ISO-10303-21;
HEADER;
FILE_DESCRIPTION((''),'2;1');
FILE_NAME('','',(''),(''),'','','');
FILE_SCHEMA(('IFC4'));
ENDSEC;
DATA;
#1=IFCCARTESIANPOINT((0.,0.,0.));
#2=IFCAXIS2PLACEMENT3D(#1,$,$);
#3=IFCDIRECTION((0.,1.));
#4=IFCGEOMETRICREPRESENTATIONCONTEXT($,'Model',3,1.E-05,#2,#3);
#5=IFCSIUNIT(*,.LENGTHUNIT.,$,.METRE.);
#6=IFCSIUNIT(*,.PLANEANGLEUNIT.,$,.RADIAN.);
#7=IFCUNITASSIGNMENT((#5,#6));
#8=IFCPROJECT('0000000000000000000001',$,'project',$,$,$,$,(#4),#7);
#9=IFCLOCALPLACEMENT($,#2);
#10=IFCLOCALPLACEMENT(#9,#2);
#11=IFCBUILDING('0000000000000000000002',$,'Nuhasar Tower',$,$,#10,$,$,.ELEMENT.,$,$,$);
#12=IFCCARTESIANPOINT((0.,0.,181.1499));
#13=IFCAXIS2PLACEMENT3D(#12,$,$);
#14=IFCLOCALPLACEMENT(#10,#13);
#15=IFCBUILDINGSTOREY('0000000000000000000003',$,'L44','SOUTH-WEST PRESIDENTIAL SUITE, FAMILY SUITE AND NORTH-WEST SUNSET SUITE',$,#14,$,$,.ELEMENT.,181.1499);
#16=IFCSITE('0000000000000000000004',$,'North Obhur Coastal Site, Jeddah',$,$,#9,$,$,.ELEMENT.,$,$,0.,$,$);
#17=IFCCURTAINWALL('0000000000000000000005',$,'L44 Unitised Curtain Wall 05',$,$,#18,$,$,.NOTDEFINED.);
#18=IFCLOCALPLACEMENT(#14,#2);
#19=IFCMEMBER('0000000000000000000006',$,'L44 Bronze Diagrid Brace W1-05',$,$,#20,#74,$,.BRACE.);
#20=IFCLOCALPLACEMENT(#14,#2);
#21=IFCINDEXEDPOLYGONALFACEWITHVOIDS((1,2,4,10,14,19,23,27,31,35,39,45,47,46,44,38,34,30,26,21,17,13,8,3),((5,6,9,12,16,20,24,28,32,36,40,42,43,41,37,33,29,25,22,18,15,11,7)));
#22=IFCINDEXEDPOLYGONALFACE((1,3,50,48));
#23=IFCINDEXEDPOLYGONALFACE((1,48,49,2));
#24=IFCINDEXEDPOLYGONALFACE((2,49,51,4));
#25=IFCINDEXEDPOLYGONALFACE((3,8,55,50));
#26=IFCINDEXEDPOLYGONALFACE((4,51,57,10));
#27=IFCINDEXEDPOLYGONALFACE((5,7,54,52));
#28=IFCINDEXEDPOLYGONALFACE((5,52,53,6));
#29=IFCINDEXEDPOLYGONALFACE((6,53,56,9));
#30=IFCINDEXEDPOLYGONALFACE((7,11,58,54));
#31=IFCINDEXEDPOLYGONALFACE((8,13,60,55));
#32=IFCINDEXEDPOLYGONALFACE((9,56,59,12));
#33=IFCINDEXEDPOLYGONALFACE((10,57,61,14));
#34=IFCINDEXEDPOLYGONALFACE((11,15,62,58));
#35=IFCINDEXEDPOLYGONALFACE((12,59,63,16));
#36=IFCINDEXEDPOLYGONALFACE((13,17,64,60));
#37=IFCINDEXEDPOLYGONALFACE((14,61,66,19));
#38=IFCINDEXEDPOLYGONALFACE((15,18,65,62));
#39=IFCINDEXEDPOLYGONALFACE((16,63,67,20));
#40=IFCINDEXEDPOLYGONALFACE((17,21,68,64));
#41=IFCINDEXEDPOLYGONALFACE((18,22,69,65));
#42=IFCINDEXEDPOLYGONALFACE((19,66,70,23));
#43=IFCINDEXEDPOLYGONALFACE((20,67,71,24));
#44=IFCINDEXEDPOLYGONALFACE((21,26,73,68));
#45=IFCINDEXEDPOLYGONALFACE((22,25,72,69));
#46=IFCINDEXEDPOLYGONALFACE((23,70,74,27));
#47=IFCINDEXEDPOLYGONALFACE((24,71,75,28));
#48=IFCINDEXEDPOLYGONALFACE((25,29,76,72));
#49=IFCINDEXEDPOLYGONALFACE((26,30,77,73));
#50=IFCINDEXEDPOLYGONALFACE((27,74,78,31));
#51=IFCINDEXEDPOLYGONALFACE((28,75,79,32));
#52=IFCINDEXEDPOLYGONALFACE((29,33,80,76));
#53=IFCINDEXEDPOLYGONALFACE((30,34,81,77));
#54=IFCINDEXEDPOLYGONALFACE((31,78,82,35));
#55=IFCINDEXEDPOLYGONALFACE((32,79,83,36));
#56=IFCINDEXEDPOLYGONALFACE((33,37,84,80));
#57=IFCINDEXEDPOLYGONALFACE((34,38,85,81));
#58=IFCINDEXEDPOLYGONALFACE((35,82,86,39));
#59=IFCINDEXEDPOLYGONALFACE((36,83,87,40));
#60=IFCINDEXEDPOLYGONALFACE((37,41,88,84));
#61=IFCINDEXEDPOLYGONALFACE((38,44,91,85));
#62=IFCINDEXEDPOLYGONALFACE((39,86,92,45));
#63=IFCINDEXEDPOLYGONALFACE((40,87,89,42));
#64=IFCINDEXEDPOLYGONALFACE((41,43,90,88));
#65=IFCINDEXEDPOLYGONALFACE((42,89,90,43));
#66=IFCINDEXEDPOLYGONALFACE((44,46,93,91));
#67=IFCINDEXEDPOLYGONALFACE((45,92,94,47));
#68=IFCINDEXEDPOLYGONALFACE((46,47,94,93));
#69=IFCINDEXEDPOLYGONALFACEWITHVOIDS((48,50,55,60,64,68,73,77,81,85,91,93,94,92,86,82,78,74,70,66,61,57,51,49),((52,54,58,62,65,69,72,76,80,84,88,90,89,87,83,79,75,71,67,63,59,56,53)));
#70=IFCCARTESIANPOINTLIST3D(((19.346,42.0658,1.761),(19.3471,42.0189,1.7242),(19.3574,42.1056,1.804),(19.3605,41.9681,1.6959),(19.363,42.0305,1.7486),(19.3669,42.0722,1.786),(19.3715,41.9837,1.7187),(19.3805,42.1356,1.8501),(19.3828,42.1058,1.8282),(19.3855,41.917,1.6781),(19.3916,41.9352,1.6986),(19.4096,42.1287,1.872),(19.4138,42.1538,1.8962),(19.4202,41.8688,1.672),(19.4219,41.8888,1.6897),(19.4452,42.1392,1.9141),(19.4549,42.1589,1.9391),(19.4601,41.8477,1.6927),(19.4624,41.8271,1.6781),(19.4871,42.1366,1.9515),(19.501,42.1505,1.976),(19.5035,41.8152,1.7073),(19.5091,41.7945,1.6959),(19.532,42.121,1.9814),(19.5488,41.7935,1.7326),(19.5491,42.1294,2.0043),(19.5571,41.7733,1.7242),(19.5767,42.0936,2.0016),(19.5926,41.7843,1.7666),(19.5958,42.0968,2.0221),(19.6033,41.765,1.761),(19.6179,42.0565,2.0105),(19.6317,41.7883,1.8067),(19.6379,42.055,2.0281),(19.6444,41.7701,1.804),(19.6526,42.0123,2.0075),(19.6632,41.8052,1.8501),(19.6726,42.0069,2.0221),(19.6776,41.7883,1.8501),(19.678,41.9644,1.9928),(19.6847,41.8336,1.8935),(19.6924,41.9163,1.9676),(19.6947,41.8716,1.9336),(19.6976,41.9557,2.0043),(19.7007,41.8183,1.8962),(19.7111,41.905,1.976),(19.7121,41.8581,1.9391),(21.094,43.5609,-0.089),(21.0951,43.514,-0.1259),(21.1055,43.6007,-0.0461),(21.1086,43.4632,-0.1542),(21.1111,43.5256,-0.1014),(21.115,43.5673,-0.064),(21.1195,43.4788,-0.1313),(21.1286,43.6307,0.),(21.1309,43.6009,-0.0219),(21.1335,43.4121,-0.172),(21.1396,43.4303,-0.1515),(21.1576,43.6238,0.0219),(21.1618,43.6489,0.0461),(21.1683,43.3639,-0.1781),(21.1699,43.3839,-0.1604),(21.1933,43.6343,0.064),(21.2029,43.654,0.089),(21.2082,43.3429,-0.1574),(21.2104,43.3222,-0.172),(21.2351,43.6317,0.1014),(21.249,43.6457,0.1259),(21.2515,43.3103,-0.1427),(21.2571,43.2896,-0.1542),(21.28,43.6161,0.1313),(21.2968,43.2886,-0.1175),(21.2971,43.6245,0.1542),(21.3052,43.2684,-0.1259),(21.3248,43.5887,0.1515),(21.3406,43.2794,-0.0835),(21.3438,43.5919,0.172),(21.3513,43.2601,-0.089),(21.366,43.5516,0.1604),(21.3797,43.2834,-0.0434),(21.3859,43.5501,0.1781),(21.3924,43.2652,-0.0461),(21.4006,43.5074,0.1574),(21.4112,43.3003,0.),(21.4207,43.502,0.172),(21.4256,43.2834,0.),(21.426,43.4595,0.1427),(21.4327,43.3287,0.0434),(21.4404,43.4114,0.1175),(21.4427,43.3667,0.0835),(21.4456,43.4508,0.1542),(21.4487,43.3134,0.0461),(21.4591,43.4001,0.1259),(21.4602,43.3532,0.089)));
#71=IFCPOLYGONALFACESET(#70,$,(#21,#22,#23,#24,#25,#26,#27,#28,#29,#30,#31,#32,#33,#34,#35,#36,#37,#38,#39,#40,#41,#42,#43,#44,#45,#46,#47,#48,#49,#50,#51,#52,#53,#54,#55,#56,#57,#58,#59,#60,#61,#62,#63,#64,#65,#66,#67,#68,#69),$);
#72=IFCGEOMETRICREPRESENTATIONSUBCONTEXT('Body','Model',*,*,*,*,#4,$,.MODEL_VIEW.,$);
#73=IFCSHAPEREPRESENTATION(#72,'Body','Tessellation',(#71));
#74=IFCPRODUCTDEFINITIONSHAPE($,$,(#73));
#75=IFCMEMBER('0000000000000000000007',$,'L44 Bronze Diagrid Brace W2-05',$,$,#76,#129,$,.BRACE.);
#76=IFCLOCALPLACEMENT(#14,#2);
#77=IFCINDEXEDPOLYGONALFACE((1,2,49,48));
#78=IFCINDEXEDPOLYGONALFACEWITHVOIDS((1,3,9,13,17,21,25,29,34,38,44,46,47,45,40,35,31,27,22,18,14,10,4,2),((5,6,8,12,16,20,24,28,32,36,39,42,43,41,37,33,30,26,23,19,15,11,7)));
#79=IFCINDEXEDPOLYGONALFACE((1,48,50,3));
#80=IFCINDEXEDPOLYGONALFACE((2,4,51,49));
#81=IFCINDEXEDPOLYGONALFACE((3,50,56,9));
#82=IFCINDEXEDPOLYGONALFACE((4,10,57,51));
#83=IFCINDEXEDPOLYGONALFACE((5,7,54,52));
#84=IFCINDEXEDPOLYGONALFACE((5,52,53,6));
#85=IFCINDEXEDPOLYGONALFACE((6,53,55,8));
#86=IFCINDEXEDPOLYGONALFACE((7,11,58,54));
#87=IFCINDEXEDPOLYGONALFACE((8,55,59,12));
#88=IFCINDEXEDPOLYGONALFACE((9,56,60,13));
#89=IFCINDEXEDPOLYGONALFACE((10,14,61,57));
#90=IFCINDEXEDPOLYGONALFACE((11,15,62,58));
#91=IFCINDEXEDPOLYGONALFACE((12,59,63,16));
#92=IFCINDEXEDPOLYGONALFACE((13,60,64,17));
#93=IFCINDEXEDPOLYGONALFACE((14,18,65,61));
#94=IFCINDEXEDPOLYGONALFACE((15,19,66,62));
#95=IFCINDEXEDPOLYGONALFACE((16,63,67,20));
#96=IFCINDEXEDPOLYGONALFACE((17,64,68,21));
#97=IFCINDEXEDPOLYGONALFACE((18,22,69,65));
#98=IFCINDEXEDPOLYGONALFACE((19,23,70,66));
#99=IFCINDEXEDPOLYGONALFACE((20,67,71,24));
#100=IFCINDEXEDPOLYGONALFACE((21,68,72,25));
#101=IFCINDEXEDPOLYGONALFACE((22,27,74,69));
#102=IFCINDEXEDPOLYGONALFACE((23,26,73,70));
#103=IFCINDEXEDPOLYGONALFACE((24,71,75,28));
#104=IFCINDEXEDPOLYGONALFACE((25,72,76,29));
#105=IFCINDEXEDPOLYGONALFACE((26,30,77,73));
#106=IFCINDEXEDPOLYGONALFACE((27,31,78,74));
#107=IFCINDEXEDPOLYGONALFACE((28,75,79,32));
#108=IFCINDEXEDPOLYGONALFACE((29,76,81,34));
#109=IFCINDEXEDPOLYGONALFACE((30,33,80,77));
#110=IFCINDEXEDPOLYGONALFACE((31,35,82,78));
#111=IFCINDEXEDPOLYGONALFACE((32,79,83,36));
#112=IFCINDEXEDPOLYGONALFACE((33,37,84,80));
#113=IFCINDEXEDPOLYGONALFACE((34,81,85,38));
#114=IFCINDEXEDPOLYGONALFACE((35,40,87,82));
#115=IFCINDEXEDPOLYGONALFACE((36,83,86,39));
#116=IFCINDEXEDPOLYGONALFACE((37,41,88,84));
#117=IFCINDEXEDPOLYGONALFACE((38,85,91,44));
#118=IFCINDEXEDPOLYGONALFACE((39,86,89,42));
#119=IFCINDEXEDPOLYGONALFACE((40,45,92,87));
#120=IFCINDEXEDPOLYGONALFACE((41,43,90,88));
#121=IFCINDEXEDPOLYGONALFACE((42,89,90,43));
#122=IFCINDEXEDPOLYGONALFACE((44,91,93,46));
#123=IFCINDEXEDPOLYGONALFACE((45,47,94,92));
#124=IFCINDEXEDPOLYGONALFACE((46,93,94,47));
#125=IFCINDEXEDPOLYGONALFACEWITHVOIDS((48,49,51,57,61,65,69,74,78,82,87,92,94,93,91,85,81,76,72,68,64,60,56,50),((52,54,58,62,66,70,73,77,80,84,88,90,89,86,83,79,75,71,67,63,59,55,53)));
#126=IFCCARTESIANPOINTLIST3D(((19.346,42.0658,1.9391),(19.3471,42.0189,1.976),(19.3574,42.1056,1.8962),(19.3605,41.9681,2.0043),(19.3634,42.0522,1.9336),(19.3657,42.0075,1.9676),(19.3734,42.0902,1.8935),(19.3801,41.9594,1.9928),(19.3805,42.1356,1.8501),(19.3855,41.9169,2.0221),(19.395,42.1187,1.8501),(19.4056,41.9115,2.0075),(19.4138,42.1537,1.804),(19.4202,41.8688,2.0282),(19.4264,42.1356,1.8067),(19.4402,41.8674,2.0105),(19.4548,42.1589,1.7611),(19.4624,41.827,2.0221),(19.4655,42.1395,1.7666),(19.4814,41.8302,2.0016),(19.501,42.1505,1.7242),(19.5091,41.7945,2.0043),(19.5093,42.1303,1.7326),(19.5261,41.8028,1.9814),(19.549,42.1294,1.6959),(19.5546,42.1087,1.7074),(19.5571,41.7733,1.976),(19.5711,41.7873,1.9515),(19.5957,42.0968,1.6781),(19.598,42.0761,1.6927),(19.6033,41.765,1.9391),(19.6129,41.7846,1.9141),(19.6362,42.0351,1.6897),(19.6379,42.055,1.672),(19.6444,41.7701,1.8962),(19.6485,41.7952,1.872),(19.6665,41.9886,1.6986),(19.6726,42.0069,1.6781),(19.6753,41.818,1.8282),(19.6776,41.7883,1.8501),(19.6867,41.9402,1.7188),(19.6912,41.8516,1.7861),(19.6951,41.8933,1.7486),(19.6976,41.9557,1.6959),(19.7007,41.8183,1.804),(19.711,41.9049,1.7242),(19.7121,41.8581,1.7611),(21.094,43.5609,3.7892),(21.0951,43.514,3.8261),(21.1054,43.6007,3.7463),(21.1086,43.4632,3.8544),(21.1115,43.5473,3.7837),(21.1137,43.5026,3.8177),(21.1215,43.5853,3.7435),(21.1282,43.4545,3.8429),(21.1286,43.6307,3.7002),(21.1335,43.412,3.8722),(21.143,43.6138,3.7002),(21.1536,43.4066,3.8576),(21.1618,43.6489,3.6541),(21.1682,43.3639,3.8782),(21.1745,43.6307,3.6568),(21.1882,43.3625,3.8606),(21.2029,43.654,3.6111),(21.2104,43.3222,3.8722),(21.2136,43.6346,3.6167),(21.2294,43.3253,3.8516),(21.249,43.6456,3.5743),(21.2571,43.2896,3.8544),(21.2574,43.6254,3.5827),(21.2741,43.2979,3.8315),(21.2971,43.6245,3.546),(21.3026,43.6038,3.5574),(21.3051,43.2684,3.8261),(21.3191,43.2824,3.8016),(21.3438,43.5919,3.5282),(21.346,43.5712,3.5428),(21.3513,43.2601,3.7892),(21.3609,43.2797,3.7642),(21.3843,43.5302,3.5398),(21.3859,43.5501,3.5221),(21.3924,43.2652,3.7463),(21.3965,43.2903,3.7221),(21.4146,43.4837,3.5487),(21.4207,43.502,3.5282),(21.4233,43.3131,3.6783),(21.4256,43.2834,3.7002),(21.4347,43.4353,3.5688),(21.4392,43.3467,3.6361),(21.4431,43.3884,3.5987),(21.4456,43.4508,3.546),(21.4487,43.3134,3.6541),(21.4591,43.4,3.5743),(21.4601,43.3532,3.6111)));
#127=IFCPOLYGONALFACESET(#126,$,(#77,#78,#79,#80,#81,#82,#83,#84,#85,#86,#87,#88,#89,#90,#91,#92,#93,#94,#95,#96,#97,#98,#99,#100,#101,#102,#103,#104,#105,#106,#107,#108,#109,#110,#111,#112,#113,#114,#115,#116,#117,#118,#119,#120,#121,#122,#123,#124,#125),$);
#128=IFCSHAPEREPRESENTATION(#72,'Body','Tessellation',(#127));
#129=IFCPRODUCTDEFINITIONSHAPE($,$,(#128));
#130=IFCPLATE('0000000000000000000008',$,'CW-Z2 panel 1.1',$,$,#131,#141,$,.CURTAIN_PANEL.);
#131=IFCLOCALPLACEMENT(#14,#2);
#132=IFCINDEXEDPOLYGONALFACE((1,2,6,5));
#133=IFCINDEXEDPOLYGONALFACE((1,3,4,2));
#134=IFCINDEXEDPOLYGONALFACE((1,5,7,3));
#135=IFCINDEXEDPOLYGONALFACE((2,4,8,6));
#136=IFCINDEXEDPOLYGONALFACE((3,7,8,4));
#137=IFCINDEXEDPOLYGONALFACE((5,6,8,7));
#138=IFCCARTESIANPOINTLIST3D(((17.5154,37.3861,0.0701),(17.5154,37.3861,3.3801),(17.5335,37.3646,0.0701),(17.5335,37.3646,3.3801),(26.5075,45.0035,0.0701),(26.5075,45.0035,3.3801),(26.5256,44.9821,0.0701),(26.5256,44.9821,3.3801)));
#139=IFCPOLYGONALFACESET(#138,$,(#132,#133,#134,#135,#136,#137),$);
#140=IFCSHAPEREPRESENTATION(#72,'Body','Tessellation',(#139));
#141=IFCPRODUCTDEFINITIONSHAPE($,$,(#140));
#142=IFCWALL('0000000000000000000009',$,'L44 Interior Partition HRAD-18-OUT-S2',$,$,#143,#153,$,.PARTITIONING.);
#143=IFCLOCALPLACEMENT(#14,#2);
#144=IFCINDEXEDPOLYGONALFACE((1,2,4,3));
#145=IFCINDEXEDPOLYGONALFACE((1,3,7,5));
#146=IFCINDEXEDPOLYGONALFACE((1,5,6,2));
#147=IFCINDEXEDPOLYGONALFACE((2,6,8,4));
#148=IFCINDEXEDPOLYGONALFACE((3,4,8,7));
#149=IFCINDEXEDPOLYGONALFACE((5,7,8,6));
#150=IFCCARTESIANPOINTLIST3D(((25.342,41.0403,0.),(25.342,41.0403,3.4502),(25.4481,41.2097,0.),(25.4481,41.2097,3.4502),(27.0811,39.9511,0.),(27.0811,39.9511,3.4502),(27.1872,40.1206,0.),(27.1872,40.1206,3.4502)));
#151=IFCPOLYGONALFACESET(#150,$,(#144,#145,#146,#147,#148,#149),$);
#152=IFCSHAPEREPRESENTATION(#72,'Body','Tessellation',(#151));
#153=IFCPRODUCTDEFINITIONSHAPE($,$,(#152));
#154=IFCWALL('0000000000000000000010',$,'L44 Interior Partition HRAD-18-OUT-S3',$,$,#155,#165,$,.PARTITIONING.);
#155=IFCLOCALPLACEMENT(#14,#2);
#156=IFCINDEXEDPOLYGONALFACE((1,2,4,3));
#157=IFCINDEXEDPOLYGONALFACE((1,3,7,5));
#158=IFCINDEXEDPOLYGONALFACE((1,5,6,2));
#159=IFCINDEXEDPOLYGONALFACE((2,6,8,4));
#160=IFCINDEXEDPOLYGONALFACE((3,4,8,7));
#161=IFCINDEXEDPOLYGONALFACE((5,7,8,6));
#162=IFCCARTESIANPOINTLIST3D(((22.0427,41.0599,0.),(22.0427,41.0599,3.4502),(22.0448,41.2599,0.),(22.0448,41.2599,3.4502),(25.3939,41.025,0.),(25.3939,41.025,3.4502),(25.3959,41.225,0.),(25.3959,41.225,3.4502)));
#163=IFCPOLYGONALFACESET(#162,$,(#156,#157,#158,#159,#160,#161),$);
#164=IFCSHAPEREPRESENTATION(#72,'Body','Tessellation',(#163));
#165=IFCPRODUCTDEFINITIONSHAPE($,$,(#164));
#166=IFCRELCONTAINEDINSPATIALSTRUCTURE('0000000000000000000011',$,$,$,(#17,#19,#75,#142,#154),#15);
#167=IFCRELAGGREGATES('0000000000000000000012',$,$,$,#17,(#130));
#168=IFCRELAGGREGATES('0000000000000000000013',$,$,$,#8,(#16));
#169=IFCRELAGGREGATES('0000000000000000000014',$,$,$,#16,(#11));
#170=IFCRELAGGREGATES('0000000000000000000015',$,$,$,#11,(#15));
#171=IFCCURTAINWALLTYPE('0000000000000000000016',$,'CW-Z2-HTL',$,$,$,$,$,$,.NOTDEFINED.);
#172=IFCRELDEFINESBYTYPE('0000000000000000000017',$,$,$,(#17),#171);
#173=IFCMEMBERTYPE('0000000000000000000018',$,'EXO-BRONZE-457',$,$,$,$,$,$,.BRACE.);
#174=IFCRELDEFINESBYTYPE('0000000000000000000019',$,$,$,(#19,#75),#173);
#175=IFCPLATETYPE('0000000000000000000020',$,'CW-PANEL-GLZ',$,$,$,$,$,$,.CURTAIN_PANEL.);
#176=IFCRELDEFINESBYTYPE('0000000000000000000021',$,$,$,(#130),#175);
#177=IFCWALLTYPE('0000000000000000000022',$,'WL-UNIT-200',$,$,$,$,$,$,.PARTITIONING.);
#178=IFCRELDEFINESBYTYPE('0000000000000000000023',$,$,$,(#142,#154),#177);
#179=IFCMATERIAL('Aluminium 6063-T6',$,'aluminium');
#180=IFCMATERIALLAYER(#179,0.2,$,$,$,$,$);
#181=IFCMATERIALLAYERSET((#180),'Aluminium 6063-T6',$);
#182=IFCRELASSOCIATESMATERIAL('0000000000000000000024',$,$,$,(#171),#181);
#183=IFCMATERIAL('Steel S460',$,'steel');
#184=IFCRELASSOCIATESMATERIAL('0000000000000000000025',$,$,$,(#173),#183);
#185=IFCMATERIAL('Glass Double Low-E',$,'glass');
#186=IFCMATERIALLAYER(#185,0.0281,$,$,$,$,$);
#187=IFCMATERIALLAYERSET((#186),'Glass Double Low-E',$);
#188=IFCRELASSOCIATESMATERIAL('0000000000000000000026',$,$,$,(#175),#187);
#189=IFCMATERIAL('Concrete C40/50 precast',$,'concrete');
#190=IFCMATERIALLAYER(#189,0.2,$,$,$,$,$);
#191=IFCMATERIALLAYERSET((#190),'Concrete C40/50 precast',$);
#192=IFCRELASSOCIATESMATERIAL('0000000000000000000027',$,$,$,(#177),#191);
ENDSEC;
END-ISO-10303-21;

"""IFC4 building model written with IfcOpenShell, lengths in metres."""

from ifc_helpers import new_model, si_unit, direction, frame, frame_2d, origin, origin_2d, place, context, subcontext, project, spatial, rectangle, hollow_circle, extrude, material, layer, layer_set, material_profile, profile_set, type_object, element, aggregate, save


model = new_model("IFC4")

# Units and contexts
model_context = context("Model", 3, precision=1e-05, world=origin(), true_north=direction((0.0, 1.0)))
body_context = subcontext(model_context, "Body", "Model", "MODEL_VIEW")
ifc_project = project(units=[si_unit("LENGTHUNIT", "METRE"), si_unit("PLANEANGLEUNIT", "RADIAN")], contexts=[model_context])

# Site, building, storey
site_placement = place(None, origin())
site = spatial("IfcSite", under=ifc_project, at=site_placement, Name="North Obhur Coastal Site, Jeddah", CompositionType="ELEMENT", RefElevation=0.0)
building_placement = place(site_placement, origin())
building = spatial("IfcBuilding", under=site, at=building_placement, Name="Nuhasar Tower", CompositionType="ELEMENT")
storey_placement = place(building_placement, frame((0.0, 0.0, 181.1499)))
storey = spatial("IfcBuildingStorey", under=building, at=storey_placement, Name="L44", Description="SOUTH-WEST PRESIDENTIAL SUITE, FAMILY SUITE AND NORTH-WEST SUNSET SUITE", CompositionType="ELEMENT", Elevation=181.1499)

# Shared definitions
ifc_material_1 = material(Name="Aluminium 6063-T6", Category="aluminium")
ifc_layer_1 = layer(ifc_material_1, 0.2)
ifc_layer_set_1 = layer_set([ifc_layer_1], Name="Aluminium 6063-T6")
curtain_wall_type = type_object("IfcCurtainWallType", Name="CW-Z2-HTL", PredefinedType="NOTDEFINED", material=ifc_layer_set_1)

# Curtain wall
curtain_wall_1_placement = place(storey_placement, origin())
curtain_wall_1 = element("IfcCurtainWall", 1, at=curtain_wall_1_placement, inside=storey, type_object=curtain_wall_type, Name="L44 Unitised Curtain Wall 05", PredefinedType="NOTDEFINED")

# Members
ifc_material_2 = material(Name="Steel S460", Category="steel")
ifc_material_profile_1 = material_profile(ifc_material_2, hollow_circle(Radius=0.2285, WallThickness=0.0222, at=origin_2d()), Name="HSS457X22.2")
ifc_profile_set_1 = profile_set([ifc_material_profile_1], Name="Steel S460")
member_type_1 = type_object("IfcMemberType", Name="EXO-BRONZE-457", PredefinedType="BRACE", material=ifc_profile_set_1)
for number, where, z_axis, x_axis, name in (
    (2, (21.2771, 43.457, 0.0), (-0.59217, -0.506488, 0.626741), (0.649987, -0.759945, 0.0), "L44 Bronze Diagrid Brace W1-05"),
    (3, (19.5291, 41.9619, 1.8501), (0.59217, 0.506488, 0.626741), (-0.649987, 0.759945, 0.0), "L44 Bronze Diagrid Brace W2-05"),
):
    element("IfcMember", number, at=place(storey_placement, frame(where, z_axis=z_axis, x_axis=x_axis)), inside=storey, type_object=member_type_1, Name=name, PredefinedType="BRACE", context=body_context, shape_type="SweptSolid", body=[
        extrude(hollow_circle(Radius=0.2285, WallThickness=0.0222, at=origin_2d()), origin(), (0.0, 0.0, 1.0), 2.9519),
    ])

# Plate
ifc_material_3 = material(Name="Glass Double Low-E", Category="glass")
ifc_layer_2 = layer(ifc_material_3, 0.0281)
ifc_layer_set_2 = layer_set([ifc_layer_2], Name="Glass Double Low-E")
plate_type = type_object("IfcPlateType", Name="CW-PANEL-GLZ", PredefinedType="CURTAIN_PANEL", material=ifc_layer_set_2)
plate_placement = place(storey_placement, frame((22.0205, 41.1841, 0.0701), z_axis=(0.0, 0.0, 1.0), x_axis=(-0.76302, -0.646374, 0.0)))
plate = element("IfcPlate", 4, at=plate_placement, type_object=plate_type, Name="CW-Z2 panel 1.1", PredefinedType="CURTAIN_PANEL", context=body_context, shape_type="SweptSolid", body=[
    extrude(rectangle(XDim=11.7849, YDim=0.0281, at=origin_2d()), origin(), (0.0, 0.0, 1.0), 3.3101),
])
aggregate(curtain_wall_1, [plate])

# Walls
ifc_material_4 = material(Name="Concrete C40/50 precast", Category="concrete")
ifc_layer_3 = layer(ifc_material_4, 0.2)
ifc_layer_set_3 = layer_set([ifc_layer_3], Name="Concrete C40/50 precast")
wall_type = type_object("IfcWallType", Name="WL-UNIT-200", PredefinedType="PARTITIONING", material=ifc_layer_set_3)
wall_1_placement = place(storey_placement, frame((27.134, 40.0359, 0.0), z_axis=(0.0, 0.0, 1.0), x_axis=(-0.84751, 0.530779, 0.0)))
element("IfcWall", 5, at=wall_1_placement, inside=storey, type_object=wall_type, Name="L44 Interior Partition HRAD-18-OUT-S2", PredefinedType="PARTITIONING", context=body_context, shape_type="SweptSolid", body=[
    extrude(rectangle(XDim=2.052, YDim=0.2, at=frame_2d((1.0259, 0.0))), origin(), (0.0, 0.0, 1.0), 3.4502),
])
wall_2_placement = place(storey_placement, frame((25.395, 41.125, 0.0), z_axis=(0.0, 0.0, 1.0), x_axis=(-0.999946, 0.010418, 0.0)))
element("IfcWall", 6, at=wall_2_placement, inside=storey, type_object=wall_type, Name="L44 Interior Partition HRAD-18-OUT-S3", PredefinedType="PARTITIONING", context=body_context, shape_type="SweptSolid", body=[
    extrude(rectangle(XDim=3.3513, YDim=0.2, at=frame_2d((1.6758, 0.0))), origin(), (0.0, 0.0, 1.0), 3.4502),
])

save(model, "model.ifc")
